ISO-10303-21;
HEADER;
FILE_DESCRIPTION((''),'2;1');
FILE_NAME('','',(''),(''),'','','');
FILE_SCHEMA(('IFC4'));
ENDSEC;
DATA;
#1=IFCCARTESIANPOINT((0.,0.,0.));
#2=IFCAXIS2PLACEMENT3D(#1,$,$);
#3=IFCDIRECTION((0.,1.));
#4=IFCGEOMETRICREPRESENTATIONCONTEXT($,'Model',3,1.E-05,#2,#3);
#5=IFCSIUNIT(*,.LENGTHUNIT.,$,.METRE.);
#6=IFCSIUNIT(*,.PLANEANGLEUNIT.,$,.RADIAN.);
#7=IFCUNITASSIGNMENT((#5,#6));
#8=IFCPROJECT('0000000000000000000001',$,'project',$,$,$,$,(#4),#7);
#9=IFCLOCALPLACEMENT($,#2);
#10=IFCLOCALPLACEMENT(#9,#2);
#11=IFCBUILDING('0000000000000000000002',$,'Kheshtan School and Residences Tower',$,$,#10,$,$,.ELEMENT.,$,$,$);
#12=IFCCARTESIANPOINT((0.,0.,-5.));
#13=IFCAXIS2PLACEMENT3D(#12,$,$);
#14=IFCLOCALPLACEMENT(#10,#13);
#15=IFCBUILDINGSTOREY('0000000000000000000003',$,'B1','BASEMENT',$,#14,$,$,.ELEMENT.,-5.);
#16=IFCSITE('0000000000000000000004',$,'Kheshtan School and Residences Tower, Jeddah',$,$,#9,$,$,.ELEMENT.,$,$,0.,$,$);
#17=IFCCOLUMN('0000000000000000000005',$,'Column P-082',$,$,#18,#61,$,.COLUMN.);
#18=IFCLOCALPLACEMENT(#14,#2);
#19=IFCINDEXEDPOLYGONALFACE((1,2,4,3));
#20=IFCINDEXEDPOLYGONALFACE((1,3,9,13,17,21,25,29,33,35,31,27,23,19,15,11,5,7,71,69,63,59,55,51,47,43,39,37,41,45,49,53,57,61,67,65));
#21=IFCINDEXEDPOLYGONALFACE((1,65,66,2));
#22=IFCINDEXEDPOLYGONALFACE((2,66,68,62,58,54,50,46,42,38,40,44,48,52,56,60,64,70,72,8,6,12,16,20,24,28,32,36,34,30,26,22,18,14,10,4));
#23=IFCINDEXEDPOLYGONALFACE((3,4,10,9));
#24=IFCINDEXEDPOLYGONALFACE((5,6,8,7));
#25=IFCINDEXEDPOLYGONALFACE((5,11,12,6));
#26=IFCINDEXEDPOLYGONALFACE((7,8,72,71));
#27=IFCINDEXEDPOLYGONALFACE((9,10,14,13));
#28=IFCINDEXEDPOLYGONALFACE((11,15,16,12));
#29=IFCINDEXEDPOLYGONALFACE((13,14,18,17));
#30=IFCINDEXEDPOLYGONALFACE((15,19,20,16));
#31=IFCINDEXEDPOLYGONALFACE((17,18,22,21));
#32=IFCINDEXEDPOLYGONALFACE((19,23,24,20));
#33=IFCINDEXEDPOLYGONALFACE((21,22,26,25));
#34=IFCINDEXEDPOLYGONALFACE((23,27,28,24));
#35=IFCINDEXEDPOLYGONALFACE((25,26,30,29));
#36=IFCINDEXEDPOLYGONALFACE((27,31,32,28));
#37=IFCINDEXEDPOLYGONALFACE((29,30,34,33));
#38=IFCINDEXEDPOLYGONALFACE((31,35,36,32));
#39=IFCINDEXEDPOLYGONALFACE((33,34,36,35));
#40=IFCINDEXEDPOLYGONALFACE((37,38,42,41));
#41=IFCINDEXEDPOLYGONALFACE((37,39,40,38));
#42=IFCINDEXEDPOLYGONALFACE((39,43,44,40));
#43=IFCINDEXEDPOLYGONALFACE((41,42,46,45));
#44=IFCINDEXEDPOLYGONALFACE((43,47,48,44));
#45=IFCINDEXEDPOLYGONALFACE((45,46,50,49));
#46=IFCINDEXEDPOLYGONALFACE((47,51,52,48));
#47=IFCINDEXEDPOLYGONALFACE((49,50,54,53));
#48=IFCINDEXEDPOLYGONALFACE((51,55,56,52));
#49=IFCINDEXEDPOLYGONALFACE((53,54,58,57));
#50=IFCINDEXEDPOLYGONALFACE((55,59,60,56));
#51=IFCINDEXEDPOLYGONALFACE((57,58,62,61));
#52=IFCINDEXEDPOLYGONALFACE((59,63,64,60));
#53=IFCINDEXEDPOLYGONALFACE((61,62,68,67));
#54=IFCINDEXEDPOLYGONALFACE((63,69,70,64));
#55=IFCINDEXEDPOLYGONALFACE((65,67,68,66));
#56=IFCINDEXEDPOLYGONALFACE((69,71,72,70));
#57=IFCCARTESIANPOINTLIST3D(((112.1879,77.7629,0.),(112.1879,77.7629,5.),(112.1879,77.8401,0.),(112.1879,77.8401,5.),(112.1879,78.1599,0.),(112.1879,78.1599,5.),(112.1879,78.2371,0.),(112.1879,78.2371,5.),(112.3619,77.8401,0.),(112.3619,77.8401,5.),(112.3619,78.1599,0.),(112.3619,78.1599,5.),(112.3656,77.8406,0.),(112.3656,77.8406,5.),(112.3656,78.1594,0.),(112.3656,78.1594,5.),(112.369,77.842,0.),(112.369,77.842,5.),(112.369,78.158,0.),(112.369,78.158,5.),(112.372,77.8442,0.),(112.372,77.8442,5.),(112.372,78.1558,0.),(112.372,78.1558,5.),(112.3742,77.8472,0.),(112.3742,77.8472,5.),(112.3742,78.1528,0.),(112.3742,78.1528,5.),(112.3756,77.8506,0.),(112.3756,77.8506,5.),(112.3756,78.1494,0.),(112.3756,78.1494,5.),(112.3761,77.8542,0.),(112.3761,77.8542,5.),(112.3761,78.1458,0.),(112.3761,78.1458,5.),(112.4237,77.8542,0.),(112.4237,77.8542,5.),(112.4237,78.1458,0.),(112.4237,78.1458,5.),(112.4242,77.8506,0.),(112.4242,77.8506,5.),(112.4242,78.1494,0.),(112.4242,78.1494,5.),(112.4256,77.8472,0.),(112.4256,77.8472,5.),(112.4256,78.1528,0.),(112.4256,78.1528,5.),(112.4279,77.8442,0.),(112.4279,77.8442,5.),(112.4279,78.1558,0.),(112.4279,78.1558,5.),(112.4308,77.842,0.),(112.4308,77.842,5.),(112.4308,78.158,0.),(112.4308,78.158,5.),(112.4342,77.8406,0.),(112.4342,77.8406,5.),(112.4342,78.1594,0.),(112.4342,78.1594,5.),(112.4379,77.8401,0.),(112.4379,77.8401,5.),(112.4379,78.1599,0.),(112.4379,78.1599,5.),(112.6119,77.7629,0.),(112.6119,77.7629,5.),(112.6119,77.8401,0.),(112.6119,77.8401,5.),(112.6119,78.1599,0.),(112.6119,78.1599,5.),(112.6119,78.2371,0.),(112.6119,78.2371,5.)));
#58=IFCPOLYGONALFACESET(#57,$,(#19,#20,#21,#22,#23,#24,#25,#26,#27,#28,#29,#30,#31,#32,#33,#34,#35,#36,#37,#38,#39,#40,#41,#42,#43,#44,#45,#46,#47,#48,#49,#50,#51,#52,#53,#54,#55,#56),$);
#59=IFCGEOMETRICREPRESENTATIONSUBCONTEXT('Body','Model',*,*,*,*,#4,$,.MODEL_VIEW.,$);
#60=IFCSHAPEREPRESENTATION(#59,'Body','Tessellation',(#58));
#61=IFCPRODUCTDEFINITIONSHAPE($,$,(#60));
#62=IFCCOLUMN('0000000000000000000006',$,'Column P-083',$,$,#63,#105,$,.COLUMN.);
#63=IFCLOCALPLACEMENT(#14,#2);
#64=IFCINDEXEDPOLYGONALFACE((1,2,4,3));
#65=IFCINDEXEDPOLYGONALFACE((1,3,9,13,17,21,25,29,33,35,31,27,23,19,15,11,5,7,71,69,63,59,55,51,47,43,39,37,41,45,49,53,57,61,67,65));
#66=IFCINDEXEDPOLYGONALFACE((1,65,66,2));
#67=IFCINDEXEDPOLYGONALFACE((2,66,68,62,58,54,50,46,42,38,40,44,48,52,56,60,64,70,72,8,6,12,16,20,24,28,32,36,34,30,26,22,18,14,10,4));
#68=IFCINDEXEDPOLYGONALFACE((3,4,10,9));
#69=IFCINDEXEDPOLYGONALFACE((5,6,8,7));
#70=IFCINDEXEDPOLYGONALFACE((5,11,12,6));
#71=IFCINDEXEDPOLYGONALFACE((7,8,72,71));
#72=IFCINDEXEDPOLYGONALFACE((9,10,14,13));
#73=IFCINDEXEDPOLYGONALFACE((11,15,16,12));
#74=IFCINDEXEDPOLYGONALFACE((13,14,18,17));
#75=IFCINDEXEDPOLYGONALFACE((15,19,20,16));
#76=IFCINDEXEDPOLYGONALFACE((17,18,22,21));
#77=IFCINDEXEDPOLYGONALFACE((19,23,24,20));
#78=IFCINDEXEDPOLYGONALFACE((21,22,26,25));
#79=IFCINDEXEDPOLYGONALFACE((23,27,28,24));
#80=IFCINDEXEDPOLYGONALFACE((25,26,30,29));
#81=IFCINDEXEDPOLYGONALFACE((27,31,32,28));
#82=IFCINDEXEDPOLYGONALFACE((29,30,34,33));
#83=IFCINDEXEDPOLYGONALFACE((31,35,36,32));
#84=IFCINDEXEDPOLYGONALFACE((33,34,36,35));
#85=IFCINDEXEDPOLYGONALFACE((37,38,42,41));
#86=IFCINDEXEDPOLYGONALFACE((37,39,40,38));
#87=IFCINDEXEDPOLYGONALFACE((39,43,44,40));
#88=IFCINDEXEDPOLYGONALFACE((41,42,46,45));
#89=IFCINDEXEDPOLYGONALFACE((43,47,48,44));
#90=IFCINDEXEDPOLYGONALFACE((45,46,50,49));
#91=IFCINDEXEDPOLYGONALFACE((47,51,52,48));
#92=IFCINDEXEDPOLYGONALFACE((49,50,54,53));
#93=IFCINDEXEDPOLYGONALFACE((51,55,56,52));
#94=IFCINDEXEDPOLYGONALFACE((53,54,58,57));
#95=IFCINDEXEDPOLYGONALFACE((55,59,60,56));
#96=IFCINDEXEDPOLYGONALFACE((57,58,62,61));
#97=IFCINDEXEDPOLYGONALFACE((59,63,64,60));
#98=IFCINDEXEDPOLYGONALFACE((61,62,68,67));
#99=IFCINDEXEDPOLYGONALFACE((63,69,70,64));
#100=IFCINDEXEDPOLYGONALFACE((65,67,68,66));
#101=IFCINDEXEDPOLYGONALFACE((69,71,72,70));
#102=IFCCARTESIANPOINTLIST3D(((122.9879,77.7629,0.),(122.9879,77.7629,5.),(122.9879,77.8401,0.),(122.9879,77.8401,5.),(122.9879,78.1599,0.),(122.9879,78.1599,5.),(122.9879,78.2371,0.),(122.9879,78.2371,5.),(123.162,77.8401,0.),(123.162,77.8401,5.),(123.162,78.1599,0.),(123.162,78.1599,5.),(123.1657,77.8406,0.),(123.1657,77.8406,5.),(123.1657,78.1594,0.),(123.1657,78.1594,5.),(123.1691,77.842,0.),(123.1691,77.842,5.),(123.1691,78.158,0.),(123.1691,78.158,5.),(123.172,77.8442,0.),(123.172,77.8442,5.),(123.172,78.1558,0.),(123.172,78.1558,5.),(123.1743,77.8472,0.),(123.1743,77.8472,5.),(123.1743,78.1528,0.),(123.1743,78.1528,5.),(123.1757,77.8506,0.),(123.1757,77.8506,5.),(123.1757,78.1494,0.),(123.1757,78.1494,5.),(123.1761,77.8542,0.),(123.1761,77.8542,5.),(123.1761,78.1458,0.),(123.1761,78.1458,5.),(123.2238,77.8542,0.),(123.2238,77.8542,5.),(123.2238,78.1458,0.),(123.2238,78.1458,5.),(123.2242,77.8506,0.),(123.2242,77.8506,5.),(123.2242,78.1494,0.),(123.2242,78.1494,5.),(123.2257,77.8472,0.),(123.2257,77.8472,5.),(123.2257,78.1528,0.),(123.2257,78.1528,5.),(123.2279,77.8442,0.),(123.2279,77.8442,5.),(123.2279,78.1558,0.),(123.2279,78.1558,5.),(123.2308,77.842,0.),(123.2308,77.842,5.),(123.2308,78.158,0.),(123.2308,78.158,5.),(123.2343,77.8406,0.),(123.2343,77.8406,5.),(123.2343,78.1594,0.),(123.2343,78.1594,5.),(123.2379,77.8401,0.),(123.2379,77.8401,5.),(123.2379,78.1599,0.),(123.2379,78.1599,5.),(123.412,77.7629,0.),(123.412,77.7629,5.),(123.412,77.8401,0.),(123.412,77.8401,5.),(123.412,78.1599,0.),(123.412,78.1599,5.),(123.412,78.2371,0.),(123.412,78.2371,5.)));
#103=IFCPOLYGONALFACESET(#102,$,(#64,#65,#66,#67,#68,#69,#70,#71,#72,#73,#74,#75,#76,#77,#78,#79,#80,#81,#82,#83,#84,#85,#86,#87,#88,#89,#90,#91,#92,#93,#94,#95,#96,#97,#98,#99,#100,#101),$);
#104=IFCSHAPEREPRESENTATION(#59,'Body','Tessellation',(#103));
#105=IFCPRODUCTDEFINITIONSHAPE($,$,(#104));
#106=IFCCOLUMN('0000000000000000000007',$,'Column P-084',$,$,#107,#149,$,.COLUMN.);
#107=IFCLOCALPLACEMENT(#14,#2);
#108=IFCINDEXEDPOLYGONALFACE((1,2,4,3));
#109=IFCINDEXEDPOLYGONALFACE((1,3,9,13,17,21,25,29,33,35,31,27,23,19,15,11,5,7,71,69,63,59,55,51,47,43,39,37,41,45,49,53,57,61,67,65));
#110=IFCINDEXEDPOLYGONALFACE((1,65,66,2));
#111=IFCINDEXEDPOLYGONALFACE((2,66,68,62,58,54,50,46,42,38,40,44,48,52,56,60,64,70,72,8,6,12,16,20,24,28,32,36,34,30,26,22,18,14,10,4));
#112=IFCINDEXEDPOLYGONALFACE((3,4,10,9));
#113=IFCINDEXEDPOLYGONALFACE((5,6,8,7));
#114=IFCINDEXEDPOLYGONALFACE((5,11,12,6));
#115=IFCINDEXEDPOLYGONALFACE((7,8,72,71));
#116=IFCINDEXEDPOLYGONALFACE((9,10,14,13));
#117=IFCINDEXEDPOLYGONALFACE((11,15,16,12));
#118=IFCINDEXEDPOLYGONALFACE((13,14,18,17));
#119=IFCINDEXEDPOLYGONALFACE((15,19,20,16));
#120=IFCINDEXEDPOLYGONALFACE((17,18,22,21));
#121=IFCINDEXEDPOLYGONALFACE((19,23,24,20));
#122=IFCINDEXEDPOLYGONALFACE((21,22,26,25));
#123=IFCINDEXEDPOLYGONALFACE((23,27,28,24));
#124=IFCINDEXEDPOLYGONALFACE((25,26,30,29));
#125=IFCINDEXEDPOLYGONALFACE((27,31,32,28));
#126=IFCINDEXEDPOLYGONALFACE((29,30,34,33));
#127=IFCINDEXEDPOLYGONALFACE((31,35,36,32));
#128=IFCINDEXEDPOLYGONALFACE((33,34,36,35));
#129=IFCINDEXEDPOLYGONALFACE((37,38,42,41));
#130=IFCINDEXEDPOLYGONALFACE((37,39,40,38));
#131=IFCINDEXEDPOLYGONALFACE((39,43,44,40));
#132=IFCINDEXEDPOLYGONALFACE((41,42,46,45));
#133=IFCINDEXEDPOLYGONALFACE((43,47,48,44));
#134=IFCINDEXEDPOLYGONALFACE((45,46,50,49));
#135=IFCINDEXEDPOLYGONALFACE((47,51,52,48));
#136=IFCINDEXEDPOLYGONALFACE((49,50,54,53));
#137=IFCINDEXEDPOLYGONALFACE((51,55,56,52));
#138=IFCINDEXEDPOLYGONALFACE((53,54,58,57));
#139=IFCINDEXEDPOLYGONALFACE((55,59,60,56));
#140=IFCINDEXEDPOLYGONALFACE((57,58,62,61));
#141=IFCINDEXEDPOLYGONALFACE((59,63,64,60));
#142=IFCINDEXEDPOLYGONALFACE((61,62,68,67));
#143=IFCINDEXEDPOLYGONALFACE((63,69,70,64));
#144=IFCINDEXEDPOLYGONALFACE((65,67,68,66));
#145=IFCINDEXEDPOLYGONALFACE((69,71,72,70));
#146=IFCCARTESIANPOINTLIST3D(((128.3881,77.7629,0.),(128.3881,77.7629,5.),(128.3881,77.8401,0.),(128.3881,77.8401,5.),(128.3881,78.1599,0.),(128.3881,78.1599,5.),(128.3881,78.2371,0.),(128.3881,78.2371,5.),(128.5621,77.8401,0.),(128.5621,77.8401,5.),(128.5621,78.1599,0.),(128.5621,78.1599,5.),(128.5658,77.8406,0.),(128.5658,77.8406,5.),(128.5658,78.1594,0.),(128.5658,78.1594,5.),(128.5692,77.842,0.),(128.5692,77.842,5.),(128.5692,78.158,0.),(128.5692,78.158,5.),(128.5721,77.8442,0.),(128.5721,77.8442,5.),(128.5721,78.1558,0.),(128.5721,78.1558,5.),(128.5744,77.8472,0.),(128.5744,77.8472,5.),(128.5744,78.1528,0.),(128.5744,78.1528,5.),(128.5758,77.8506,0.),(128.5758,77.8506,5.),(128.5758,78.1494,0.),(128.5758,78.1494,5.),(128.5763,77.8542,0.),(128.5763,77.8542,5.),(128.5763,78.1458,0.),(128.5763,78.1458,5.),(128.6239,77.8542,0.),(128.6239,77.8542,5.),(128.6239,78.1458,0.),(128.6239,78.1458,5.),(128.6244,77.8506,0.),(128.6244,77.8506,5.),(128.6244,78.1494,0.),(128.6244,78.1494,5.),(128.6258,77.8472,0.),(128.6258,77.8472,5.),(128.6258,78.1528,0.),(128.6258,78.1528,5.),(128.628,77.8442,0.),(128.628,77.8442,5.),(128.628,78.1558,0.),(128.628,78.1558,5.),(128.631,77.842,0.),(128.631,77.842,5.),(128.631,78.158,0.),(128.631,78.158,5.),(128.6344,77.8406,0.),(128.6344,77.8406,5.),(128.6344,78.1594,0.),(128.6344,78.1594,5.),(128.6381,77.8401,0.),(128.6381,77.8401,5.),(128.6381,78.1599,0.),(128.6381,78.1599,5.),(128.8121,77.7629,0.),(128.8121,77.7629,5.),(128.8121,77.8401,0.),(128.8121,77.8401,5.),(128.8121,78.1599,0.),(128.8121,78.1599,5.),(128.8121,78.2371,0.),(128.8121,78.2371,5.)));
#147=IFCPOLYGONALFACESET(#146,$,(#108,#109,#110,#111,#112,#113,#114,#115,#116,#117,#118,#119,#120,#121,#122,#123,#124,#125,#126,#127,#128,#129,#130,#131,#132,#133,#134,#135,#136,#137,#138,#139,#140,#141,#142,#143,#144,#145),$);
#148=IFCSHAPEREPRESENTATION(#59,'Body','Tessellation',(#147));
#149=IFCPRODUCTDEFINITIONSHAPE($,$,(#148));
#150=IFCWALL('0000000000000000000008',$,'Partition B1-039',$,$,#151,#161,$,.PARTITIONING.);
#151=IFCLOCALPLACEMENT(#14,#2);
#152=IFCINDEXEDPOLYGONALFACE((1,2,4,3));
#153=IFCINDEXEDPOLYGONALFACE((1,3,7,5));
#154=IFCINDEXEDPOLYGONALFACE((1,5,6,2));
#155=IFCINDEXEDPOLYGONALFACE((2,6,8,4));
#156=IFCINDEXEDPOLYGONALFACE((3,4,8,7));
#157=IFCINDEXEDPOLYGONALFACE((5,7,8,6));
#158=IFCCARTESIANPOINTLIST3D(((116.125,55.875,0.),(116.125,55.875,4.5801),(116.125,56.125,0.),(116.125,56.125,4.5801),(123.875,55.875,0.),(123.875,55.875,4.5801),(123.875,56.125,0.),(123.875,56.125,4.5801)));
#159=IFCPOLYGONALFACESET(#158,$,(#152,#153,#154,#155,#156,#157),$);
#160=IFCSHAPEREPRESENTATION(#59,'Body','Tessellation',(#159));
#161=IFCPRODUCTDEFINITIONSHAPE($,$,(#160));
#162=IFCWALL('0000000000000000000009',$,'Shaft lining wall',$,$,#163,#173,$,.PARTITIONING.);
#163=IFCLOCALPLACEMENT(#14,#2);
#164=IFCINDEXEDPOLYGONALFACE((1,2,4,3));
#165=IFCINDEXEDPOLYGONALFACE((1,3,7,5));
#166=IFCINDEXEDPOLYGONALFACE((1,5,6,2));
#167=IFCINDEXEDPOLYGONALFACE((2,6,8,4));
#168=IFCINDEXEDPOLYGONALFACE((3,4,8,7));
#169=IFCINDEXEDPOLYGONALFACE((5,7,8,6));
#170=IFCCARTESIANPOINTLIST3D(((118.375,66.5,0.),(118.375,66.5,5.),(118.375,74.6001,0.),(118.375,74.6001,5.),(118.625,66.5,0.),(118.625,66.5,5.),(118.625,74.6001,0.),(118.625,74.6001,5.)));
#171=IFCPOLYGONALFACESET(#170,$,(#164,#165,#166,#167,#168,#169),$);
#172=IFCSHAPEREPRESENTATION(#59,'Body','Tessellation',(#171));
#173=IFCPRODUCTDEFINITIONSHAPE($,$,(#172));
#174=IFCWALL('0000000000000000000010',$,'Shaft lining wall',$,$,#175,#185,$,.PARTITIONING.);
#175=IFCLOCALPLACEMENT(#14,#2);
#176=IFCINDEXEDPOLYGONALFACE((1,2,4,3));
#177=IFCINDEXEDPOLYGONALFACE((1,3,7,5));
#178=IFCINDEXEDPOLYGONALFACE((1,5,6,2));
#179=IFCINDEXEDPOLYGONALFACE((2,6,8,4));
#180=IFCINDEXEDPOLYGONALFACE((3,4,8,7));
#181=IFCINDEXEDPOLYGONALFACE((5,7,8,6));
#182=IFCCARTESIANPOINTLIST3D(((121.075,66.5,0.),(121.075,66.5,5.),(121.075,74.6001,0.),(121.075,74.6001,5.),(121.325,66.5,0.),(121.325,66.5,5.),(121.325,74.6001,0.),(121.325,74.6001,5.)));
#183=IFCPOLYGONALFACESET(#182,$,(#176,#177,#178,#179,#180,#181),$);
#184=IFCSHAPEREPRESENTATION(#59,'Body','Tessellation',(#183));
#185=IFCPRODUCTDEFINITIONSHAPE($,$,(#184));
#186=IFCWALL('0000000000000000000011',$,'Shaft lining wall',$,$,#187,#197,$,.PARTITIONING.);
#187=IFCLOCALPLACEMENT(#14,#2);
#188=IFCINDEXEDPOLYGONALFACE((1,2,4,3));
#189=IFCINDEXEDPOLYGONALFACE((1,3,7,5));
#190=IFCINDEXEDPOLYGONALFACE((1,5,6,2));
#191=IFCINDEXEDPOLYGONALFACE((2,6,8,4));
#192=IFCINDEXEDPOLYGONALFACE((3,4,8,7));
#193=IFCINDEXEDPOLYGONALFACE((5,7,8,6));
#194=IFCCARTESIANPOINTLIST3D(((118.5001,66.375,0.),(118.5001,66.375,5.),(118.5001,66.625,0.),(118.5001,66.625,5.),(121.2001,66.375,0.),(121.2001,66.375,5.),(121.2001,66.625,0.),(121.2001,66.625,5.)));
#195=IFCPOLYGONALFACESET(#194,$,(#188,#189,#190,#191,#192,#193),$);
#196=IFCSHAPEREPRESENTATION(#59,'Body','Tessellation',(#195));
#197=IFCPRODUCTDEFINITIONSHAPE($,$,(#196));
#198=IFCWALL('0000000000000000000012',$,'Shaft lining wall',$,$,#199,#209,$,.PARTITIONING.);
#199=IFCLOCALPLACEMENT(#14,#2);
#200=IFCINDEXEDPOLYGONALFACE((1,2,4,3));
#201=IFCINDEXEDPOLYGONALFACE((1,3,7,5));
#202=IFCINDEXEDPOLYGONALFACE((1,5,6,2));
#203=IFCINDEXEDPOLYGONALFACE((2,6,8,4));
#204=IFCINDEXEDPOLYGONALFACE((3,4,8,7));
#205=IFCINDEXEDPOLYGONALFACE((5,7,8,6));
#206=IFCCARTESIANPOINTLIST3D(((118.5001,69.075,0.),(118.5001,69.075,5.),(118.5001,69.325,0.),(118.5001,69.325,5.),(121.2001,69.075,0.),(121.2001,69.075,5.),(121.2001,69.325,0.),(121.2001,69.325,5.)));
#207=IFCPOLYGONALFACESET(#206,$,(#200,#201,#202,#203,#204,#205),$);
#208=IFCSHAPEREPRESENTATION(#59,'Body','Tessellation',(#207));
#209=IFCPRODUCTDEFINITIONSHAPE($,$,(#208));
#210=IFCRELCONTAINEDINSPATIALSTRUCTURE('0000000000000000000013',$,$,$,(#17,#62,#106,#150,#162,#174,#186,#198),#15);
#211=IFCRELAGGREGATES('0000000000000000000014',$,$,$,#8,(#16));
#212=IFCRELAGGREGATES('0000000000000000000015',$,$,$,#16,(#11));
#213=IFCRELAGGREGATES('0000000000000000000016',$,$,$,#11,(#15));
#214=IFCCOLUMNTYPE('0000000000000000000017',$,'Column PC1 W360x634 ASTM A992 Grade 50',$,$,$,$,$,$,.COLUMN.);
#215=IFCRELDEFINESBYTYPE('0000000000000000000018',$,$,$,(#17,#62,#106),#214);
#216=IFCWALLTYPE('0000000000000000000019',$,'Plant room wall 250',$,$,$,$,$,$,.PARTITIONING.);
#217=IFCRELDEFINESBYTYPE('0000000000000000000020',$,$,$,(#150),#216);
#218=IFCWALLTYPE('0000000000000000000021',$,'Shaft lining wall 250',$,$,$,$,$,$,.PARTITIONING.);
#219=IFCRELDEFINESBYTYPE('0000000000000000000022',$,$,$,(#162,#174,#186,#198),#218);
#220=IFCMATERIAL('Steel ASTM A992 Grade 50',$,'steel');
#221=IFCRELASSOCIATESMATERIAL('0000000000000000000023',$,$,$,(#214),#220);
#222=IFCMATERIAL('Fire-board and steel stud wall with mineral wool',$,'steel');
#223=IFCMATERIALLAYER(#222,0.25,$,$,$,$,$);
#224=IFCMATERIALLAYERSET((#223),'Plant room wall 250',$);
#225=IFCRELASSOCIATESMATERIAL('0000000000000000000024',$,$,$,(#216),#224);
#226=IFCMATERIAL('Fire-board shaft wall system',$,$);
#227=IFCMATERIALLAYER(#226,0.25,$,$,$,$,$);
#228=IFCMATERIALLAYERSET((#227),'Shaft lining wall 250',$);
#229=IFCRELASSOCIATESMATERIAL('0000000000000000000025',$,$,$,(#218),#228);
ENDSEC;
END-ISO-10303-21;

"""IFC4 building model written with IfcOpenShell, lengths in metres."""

from ifc_helpers import new_model, si_unit, direction, frame, frame_2d, origin, origin_2d, place, context, subcontext, project, spatial, rectangle, i_section, extrude, material, layer, layer_set, material_profile, profile_set, type_object, element, save


model = new_model("IFC4")

# Units and contexts
model_context = context("Model", 3, precision=1e-05, world=origin(), true_north=direction((0.0, 1.0)))
body_context = subcontext(model_context, "Body", "Model", "MODEL_VIEW")
ifc_project = project(units=[si_unit("LENGTHUNIT", "METRE"), si_unit("PLANEANGLEUNIT", "RADIAN")], contexts=[model_context])

# Site, building, storey
site_placement = place(None, origin())
site = spatial("IfcSite", under=ifc_project, at=site_placement, Name="Kheshtan School and Residences Tower, Jeddah", CompositionType="ELEMENT", RefElevation=0.0)
building_placement = place(site_placement, origin())
building = spatial("IfcBuilding", under=site, at=building_placement, Name="Kheshtan School and Residences Tower", CompositionType="ELEMENT")
storey_placement = place(building_placement, frame((0.0, 0.0, -5.0)))
storey = spatial("IfcBuildingStorey", under=building, at=storey_placement, Name="B1", Description="BASEMENT", CompositionType="ELEMENT", Elevation=-5.0)

# Columns
ifc_material_1 = material(Name="Steel ASTM A992 Grade 50", Category="steel")
ifc_material_profile = material_profile(ifc_material_1, i_section(OverallWidth=0.4241, OverallDepth=0.4741, WebThickness=0.0476, FlangeThickness=0.0771, FilletRadius=0.0142, at=origin_2d()), Name="W360x634")
ifc_profile_set = profile_set([ifc_material_profile], Name="Steel ASTM A992 Grade 50")
column_type = type_object("IfcColumnType", Name="Column PC1 W360x634 ASTM A992 Grade 50", PredefinedType="COLUMN", material=ifc_profile_set)
for number, where, z_axis, x_axis, name in (
    (1, (112.3999, 78.0, 0.0), (0.0, 0.0, 1.0), (1.0, 0.0, 0.0), "Column P-082"),
    (2, (123.2, 78.0, 0.0), (0.0, 0.0, 1.0), (1.0, 0.0, 0.0), "Column P-083"),
    (3, (128.6001, 78.0, 0.0), (0.0, 0.0, 1.0), (1.0, 0.0, 0.0), "Column P-084"),
):
    element("IfcColumn", number, at=place(storey_placement, frame(where, z_axis=z_axis, x_axis=x_axis)), inside=storey, type_object=column_type, Name=name, PredefinedType="COLUMN", context=body_context, shape_type="SweptSolid", body=[
        extrude(i_section(OverallWidth=0.4241, OverallDepth=0.4741, WebThickness=0.0476, FlangeThickness=0.0771, FilletRadius=0.0142, at=origin_2d()), origin(), (0.0, 0.0, 1.0), 5.0),
    ])

# Walls
ifc_material_2 = material(Name="Fire-board and steel stud wall with mineral wool", Category="steel")
ifc_layer_1 = layer(ifc_material_2, 0.25)
ifc_layer_set_1 = layer_set([ifc_layer_1], Name="Plant room wall 250")
wall_type_1 = type_object("IfcWallType", Name="Plant room wall 250", PredefinedType="PARTITIONING", material=ifc_layer_set_1)
wall_1_placement = place(storey_placement, frame((116.125, 56.0, 0.0), z_axis=(0.0, 0.0, 1.0), x_axis=(1.0, 0.0, 0.0)))
element("IfcWall", 4, at=wall_1_placement, inside=storey, type_object=wall_type_1, Name="Partition B1-039", PredefinedType="PARTITIONING", context=body_context, shape_type="SweptSolid", body=[
    extrude(rectangle(XDim=7.75, YDim=0.25, at=frame_2d((3.875, 0.0))), origin(), (0.0, 0.0, 1.0), 4.5801),
])
ifc_material_3 = material(Name="Fire-board shaft wall system")
ifc_layer_2 = layer(ifc_material_3, 0.25)
ifc_layer_set_2 = layer_set([ifc_layer_2], Name="Shaft lining wall 250")
wall_type_2 = type_object("IfcWallType", Name="Shaft lining wall 250", PredefinedType="PARTITIONING", material=ifc_layer_set_2)
for number, where, z_axis, x_axis, name in (
    (5, (118.5, 66.5, 0.0), (0.0, 0.0, 1.0), (0.0, 1.0, 0.0), "Shaft lining wall"),
    (6, (121.2, 66.5, 0.0), (0.0, 0.0, 1.0), (0.0, 1.0, 0.0), "Shaft lining wall"),
):
    element("IfcWall", number, at=place(storey_placement, frame(where, z_axis=z_axis, x_axis=x_axis)), inside=storey, type_object=wall_type_2, Name=name, PredefinedType="PARTITIONING", context=body_context, shape_type="SweptSolid", body=[
        extrude(rectangle(XDim=8.1001, YDim=0.25, at=frame_2d((4.05, 0.0))), origin(), (0.0, 0.0, 1.0), 5.0),
    ])
for number, where, z_axis, x_axis, name in (
    (7, (118.5, 66.5, 0.0), (0.0, 0.0, 1.0), (1.0, 0.0, 0.0), "Shaft lining wall"),
    (8, (118.5, 69.2, 0.0), (0.0, 0.0, 1.0), (1.0, 0.0, 0.0), "Shaft lining wall"),
):
    element("IfcWall", number, at=place(storey_placement, frame(where, z_axis=z_axis, x_axis=x_axis)), inside=storey, type_object=wall_type_2, Name=name, PredefinedType="PARTITIONING", context=body_context, shape_type="SweptSolid", body=[
        extrude(rectangle(XDim=2.7, YDim=0.25, at=frame_2d((1.3501, 0.0))), origin(), (0.0, 0.0, 1.0), 5.0),
    ])

save(model, "model.ifc")
